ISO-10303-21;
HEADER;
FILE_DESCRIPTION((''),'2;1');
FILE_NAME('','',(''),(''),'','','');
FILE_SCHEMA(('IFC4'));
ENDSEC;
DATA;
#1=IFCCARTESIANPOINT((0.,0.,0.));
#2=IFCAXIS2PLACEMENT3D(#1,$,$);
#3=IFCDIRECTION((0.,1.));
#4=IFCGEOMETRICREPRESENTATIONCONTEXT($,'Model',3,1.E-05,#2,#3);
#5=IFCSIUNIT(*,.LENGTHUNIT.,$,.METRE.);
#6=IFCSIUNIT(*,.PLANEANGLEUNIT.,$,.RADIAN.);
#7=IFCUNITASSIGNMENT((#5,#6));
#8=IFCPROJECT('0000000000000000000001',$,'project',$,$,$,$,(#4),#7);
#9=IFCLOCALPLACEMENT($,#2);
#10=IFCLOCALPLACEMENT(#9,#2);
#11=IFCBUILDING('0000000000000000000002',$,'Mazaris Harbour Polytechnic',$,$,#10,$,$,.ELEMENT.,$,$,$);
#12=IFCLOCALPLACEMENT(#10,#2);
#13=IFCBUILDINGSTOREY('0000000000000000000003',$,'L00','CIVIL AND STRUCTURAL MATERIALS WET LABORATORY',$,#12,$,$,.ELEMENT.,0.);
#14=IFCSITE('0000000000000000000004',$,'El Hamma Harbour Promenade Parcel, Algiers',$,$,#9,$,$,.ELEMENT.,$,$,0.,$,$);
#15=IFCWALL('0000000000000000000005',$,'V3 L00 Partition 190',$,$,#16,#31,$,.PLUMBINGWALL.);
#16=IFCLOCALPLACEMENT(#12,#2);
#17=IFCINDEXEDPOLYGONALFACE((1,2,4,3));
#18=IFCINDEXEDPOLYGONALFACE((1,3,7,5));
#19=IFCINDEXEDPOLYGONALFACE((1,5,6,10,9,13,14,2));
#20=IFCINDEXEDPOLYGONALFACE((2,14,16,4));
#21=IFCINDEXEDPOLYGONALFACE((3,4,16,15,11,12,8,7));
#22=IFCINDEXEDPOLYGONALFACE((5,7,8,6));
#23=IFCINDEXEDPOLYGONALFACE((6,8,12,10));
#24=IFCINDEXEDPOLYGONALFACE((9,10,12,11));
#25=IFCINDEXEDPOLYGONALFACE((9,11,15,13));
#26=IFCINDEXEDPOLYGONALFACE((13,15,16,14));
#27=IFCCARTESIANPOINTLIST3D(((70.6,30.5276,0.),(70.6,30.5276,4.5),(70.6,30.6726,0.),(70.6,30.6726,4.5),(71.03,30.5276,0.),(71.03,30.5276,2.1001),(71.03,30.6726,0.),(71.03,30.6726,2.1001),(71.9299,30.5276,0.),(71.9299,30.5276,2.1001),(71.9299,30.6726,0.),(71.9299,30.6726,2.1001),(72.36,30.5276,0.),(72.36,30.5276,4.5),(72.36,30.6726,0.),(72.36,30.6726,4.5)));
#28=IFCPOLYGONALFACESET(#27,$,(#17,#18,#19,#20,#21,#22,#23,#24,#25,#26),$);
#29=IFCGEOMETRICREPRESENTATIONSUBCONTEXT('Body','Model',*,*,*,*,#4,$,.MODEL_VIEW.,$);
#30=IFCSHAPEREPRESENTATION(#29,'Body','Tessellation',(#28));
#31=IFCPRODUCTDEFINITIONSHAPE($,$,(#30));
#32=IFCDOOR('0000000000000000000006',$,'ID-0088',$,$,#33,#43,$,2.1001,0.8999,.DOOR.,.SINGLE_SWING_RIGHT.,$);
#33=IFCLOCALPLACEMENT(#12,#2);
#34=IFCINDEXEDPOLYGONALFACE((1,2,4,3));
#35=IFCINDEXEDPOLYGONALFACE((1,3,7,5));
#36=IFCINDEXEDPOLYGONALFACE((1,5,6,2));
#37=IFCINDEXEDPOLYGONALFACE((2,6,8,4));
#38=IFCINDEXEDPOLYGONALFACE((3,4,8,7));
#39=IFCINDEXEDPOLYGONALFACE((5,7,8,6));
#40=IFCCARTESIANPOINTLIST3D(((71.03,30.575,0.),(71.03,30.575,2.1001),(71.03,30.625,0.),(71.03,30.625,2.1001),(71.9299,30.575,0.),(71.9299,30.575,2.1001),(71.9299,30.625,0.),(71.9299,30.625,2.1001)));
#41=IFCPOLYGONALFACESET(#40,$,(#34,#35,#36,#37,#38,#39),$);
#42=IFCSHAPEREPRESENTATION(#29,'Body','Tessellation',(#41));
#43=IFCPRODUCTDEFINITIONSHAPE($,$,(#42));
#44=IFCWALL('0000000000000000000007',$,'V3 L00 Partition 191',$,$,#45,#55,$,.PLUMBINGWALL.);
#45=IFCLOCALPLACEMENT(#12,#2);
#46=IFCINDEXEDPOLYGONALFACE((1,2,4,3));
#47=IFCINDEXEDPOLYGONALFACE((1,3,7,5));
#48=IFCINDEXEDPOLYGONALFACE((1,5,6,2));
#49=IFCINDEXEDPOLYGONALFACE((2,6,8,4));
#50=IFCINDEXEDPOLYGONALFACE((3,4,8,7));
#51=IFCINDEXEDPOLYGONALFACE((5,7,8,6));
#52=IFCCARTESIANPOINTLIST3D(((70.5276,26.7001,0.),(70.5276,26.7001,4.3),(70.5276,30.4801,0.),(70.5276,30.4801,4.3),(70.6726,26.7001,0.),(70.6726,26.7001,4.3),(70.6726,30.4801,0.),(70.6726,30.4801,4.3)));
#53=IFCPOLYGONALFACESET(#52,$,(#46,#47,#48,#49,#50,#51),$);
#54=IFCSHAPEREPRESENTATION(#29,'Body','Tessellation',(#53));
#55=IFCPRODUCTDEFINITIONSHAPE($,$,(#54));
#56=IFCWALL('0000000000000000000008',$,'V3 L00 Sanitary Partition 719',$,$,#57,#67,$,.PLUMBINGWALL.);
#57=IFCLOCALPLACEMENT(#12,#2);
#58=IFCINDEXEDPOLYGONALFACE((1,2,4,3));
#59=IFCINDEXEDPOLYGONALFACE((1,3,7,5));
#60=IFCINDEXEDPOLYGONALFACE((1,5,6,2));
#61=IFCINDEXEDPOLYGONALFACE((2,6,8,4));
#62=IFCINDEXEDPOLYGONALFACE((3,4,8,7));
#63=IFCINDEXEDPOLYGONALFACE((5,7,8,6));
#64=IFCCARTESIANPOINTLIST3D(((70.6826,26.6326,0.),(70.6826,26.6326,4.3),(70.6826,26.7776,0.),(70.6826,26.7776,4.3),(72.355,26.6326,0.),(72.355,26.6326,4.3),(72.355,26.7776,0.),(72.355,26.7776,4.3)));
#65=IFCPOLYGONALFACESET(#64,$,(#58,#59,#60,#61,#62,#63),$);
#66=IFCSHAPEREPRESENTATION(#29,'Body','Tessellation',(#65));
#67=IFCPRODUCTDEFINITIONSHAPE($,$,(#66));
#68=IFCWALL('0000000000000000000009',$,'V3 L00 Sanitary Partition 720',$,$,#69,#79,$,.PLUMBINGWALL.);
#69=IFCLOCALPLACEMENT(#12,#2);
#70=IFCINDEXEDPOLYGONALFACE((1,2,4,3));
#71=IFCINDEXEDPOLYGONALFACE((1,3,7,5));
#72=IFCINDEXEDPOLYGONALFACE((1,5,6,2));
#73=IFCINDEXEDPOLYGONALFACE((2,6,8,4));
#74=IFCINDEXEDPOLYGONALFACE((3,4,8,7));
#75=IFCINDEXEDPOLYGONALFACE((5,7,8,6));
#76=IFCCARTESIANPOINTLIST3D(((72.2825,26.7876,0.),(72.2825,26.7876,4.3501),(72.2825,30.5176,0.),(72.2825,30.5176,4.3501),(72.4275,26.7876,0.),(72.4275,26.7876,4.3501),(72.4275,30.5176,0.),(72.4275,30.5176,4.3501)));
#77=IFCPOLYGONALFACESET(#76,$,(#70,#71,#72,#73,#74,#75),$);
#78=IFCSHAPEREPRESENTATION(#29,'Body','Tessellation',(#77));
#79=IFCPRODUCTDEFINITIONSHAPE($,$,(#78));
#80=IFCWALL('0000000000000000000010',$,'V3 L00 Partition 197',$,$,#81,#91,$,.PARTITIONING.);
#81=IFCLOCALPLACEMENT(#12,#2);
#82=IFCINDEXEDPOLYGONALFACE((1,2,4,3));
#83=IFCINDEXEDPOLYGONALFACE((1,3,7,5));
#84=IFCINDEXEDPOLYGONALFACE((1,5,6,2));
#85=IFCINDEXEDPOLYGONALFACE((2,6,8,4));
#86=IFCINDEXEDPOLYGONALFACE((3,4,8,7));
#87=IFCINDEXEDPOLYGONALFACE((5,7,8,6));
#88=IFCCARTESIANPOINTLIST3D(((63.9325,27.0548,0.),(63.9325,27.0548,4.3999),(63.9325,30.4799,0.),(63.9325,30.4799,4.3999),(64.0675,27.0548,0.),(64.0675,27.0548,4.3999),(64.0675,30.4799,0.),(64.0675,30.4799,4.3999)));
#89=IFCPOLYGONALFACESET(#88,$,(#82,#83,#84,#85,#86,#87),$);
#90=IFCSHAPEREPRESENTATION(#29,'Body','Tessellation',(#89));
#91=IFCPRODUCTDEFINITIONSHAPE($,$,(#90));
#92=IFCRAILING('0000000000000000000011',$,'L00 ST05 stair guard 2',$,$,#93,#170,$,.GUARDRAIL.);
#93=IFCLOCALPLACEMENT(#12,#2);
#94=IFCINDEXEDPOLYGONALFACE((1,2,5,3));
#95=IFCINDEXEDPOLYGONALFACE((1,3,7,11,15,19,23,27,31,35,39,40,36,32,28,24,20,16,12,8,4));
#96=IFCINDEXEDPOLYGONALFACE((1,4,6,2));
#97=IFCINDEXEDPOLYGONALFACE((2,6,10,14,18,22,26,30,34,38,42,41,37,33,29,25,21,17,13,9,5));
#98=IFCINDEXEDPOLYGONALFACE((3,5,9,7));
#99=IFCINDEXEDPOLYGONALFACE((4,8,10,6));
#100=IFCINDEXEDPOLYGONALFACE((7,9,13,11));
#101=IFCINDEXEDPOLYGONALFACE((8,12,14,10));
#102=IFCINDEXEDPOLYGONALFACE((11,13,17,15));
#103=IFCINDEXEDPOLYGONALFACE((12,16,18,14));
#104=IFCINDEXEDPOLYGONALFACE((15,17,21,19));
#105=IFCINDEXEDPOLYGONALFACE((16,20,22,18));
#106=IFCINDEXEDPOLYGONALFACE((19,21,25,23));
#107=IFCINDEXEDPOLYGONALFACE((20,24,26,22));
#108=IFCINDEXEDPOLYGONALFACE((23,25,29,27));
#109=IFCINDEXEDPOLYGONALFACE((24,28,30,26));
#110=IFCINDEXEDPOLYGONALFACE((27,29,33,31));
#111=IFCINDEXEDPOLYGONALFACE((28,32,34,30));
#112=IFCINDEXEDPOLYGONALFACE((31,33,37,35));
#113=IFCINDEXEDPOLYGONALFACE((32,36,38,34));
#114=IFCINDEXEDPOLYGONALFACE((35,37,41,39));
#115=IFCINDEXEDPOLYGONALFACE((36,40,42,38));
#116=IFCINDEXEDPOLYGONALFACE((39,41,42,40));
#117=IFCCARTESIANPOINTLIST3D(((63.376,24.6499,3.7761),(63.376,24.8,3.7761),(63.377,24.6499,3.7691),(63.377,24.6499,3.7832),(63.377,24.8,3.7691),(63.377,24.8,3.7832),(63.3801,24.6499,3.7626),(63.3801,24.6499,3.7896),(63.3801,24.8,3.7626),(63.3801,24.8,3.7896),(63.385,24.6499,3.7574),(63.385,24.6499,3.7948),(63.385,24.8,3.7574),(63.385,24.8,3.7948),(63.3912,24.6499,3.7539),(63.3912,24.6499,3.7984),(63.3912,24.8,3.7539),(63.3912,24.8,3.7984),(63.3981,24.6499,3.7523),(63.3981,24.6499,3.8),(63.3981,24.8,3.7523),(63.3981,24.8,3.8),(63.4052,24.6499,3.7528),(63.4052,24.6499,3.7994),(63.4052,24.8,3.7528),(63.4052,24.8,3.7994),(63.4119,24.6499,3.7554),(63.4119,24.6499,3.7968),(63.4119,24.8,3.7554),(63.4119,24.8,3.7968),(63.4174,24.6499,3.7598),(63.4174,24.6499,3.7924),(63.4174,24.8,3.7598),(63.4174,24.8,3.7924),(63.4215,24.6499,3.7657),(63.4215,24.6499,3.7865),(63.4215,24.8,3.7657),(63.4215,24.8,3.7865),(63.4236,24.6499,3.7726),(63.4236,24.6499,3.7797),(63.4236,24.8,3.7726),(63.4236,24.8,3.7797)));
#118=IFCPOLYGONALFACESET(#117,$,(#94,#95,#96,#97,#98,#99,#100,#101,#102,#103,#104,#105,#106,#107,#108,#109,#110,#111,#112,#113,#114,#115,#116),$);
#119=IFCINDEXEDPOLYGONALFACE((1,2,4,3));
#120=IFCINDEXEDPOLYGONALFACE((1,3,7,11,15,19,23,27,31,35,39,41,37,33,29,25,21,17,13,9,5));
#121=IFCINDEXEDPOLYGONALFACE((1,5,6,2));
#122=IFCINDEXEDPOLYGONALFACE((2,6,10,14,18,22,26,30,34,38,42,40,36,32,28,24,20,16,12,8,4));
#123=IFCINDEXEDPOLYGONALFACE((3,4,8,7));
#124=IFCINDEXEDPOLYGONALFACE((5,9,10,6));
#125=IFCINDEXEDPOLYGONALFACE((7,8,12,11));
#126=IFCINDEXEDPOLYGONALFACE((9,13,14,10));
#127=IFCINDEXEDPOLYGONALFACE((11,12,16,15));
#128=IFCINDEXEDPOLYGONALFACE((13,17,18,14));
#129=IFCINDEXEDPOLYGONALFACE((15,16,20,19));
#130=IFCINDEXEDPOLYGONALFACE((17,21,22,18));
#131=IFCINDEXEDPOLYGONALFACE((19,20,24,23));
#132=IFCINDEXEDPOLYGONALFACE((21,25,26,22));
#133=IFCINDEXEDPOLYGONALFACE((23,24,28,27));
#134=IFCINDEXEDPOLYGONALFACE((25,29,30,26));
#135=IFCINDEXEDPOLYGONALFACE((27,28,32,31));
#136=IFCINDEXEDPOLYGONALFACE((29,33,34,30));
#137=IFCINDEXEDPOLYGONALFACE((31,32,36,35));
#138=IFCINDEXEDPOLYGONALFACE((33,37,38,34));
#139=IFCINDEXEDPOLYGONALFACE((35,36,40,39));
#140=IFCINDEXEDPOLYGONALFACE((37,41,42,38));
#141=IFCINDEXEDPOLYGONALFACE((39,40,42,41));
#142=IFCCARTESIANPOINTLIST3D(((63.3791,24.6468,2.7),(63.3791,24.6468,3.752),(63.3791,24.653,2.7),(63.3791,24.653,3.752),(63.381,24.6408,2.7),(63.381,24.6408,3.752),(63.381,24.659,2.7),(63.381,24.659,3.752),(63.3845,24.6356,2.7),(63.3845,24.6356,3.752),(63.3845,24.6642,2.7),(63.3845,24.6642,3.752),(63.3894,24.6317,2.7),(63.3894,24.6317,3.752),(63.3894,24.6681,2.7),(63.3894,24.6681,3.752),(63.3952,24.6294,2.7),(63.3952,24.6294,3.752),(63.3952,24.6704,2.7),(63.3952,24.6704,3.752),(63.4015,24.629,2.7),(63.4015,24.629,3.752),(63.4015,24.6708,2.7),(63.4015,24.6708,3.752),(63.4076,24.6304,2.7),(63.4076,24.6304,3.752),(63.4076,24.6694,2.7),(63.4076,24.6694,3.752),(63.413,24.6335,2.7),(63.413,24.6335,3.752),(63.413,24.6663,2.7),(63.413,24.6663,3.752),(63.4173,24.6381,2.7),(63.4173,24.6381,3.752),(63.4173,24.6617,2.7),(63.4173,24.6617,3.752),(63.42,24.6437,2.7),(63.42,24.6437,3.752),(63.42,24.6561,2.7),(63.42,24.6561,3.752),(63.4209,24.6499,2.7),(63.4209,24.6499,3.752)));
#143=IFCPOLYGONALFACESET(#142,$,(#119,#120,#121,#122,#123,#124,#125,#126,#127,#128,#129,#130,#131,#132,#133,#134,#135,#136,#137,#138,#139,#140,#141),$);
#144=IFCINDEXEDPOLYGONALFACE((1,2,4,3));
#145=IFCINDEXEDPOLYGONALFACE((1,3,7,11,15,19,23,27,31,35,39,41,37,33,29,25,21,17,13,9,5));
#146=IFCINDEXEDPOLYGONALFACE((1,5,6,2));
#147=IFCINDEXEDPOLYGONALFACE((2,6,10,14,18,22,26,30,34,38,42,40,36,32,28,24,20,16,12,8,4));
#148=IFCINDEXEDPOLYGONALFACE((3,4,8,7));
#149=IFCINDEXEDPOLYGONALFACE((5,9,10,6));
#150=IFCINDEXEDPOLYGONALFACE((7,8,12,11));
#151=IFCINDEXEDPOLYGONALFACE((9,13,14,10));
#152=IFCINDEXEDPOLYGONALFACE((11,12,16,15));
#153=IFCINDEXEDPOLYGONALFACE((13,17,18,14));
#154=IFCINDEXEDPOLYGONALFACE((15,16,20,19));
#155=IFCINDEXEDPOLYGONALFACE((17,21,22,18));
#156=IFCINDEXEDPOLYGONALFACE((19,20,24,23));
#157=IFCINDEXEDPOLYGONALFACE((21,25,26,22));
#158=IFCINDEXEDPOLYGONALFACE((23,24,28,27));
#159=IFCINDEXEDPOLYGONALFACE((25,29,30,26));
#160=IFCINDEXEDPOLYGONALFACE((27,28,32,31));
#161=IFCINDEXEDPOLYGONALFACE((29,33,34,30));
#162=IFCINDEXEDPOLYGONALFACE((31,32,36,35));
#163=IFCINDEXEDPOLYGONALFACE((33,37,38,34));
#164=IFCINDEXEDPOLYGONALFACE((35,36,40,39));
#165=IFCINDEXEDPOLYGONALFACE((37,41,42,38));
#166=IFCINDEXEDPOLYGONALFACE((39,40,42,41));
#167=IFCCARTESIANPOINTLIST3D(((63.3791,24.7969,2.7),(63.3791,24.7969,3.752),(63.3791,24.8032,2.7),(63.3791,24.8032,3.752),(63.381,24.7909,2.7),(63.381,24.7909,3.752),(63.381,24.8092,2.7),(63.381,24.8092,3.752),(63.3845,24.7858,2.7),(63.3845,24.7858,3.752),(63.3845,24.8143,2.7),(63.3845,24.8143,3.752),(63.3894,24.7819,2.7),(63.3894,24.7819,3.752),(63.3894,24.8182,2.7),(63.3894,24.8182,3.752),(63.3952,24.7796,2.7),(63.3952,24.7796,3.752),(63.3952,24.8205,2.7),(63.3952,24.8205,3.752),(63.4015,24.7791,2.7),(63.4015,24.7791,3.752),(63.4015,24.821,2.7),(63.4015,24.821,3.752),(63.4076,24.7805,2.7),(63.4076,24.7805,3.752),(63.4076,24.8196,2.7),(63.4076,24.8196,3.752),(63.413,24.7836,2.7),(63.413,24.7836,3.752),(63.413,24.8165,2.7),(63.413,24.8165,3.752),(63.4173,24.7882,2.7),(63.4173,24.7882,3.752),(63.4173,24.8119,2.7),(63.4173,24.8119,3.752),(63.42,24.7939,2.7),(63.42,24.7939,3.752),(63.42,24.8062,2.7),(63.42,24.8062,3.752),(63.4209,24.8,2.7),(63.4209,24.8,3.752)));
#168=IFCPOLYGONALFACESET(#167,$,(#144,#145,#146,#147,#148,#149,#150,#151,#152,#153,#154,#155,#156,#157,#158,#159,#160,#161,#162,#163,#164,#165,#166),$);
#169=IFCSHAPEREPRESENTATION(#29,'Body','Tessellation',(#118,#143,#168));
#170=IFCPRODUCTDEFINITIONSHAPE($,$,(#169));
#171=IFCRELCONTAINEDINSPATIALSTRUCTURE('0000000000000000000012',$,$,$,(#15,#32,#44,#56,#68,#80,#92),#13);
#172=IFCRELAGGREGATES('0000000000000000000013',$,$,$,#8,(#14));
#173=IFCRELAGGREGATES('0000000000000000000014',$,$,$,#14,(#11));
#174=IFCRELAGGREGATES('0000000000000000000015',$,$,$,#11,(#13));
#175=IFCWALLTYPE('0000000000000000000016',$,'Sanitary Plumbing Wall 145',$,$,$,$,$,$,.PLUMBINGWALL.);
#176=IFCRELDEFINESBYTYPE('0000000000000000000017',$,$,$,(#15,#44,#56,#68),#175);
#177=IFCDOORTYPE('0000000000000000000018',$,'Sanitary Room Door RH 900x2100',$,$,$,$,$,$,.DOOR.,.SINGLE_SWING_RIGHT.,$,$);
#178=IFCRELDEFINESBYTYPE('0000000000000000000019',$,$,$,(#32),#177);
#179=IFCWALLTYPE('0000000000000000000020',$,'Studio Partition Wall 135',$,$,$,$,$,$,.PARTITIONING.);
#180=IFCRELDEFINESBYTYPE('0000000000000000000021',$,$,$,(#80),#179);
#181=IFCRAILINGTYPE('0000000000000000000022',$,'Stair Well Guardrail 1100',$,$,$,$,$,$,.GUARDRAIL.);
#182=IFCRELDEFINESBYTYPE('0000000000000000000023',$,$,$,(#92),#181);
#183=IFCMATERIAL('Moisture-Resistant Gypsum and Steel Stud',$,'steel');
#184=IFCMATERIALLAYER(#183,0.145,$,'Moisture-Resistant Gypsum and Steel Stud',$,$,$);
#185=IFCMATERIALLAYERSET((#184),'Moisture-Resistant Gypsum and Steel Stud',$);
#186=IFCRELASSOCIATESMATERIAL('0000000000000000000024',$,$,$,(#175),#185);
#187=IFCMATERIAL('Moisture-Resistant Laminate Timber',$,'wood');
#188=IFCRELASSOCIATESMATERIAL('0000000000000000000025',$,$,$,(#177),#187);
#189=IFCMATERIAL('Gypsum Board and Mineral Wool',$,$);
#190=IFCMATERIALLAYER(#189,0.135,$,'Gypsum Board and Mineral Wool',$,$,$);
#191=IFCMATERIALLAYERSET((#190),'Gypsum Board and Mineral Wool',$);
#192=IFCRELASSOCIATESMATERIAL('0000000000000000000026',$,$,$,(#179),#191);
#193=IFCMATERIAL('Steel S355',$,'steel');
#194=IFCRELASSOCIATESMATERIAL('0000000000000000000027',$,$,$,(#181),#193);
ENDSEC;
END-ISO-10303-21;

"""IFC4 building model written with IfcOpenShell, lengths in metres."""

from ifc_helpers import new_model, si_unit, direction, frame, frame_2d, origin, origin_2d, place, context, subcontext, project, spatial, rectangle, circle, extrude, material, layer, layer_set, type_object, element, fill, save


model = new_model("IFC4")

# Units and contexts
model_context = context("Model", 3, precision=1e-05, world=origin(), true_north=direction((0.0, 1.0)))
body_context = subcontext(model_context, "Body", "Model", "MODEL_VIEW")
ifc_project = project(units=[si_unit("LENGTHUNIT", "METRE"), si_unit("PLANEANGLEUNIT", "RADIAN")], contexts=[model_context])

# Site, building, storey
site_placement = place(None, origin())
site = spatial("IfcSite", under=ifc_project, at=site_placement, Name="El Hamma Harbour Promenade Parcel, Algiers", CompositionType="ELEMENT", RefElevation=0.0)
building_placement = place(site_placement, origin())
building = spatial("IfcBuilding", under=site, at=building_placement, Name="Mazaris Harbour Polytechnic", CompositionType="ELEMENT")
storey_placement = place(building_placement, origin())
storey = spatial("IfcBuildingStorey", under=building, at=storey_placement, Name="L00", Description="CIVIL AND STRUCTURAL MATERIALS WET LABORATORY", CompositionType="ELEMENT", Elevation=0.0)

# Wall, opening, door
ifc_material_1 = material(Name="Moisture-Resistant Gypsum and Steel Stud", Category="steel")
ifc_layer_1 = layer(ifc_material_1, 0.145, Name="Moisture-Resistant Gypsum and Steel Stud")
ifc_layer_set_1 = layer_set([ifc_layer_1], Name="Moisture-Resistant Gypsum and Steel Stud")
wall_type_1 = type_object("IfcWallType", Name="Sanitary Plumbing Wall 145", PredefinedType="PLUMBINGWALL", material=ifc_layer_set_1)
wall_1_placement = place(storey_placement, frame((70.6001, 30.6001, 0.0), z_axis=(0.0, 0.0, 1.0), x_axis=(1.0, 0.0, 0.0)))
wall_1 = element("IfcWall", 1, at=wall_1_placement, inside=storey, type_object=wall_type_1, Name="V3 L00 Partition 190", PredefinedType="PLUMBINGWALL", context=body_context, shape_type="SweptSolid", body=[
    extrude(rectangle(XDim=1.76, YDim=0.145, at=frame_2d((0.8799, 0.0))), origin(), (0.0, 0.0, 1.0), 4.5),
])
opening_1_placement = place(wall_1_placement, frame((0.4299, 0.0, 0.0)))
opening_1 = element("IfcOpeningElement", 2, at=opening_1_placement, cuts=wall_1, PredefinedType="OPENING", context=body_context, shape_type="SweptSolid", body=[
    extrude(rectangle(XDim=0.8999, YDim=2.1001, at=frame_2d((0.45, 1.05))), frame((0.0, 0.0825, 0.0), z_axis=(0.0, -1.0, 0.0), x_axis=(1.0, 0.0, 0.0)), (0.0, 0.0, 1.0), 0.165),
])
ifc_material_2 = material(Name="Moisture-Resistant Laminate Timber", Category="wood")
door_type_1 = type_object("IfcDoorType", Name="Sanitary Room Door RH 900x2100", OperationType="SINGLE_SWING_RIGHT", PredefinedType="DOOR", material=ifc_material_2)
door_1_placement = place(opening_1_placement, origin())
door_1 = element("IfcDoor", 3, at=door_1_placement, inside=storey, type_object=door_type_1, Name="ID-0088", OperationType="SINGLE_SWING_RIGHT", OverallHeight=2.1001, OverallWidth=0.8999, PredefinedType="DOOR", context=body_context, shape_type="SweptSolid", body=[
    extrude(rectangle(XDim=0.8999, YDim=2.1001, at=frame_2d((0.45, 1.05))), frame((0.0, 0.0249, 0.0), z_axis=(0.0, -1.0, 0.0), x_axis=(1.0, 0.0, 0.0)), (0.0, 0.0, 1.0), 0.05),
])
fill(opening_1, door_1)

# Walls
wall_2_placement = place(storey_placement, frame((70.6001, 26.7, 0.0), z_axis=(0.0, 0.0, 1.0), x_axis=(0.0, 1.0, 0.0)))
element("IfcWall", 4, at=wall_2_placement, inside=storey, type_object=wall_type_1, Name="V3 L00 Partition 191", PredefinedType="PLUMBINGWALL", context=body_context, shape_type="SweptSolid", body=[
    extrude(rectangle(XDim=3.78, YDim=0.145, at=frame_2d((1.8901, 0.0))), origin(), (0.0, 0.0, 1.0), 4.3),
])
wall_3_placement = place(storey_placement, frame((70.6826, 26.7051, 0.0), z_axis=(0.0, 0.0, 1.0), x_axis=(1.0, 0.0, 0.0)))
element("IfcWall", 5, at=wall_3_placement, inside=storey, type_object=wall_type_1, Name="V3 L00 Sanitary Partition 719", PredefinedType="PLUMBINGWALL", context=body_context, shape_type="SweptSolid", body=[
    extrude(rectangle(XDim=1.6724, YDim=0.145, at=frame_2d((0.8362, 0.0))), origin(), (0.0, 0.0, 1.0), 4.3),
])
wall_4_placement = place(storey_placement, frame((72.355, 26.7876, 0.0), z_axis=(0.0, 0.0, 1.0), x_axis=(0.0, 1.0, 0.0)))
element("IfcWall", 6, at=wall_4_placement, inside=storey, type_object=wall_type_1, Name="V3 L00 Sanitary Partition 720", PredefinedType="PLUMBINGWALL", context=body_context, shape_type="SweptSolid", body=[
    extrude(rectangle(XDim=3.73, YDim=0.145, at=frame_2d((1.865, 0.0))), origin(), (0.0, 0.0, 1.0), 4.3501),
])
ifc_material_3 = material(Name="Gypsum Board and Mineral Wool")
ifc_layer_2 = layer(ifc_material_3, 0.135, Name="Gypsum Board and Mineral Wool")
ifc_layer_set_2 = layer_set([ifc_layer_2], Name="Gypsum Board and Mineral Wool")
wall_type_2 = type_object("IfcWallType", Name="Studio Partition Wall 135", PredefinedType="PARTITIONING", material=ifc_layer_set_2)
wall_5_placement = place(storey_placement, frame((64.0, 27.0549, 0.0), z_axis=(0.0, 0.0, 1.0), x_axis=(0.0, 1.0, 0.0)))
element("IfcWall", 7, at=wall_5_placement, inside=storey, type_object=wall_type_2, Name="V3 L00 Partition 197", PredefinedType="PARTITIONING", context=body_context, shape_type="SweptSolid", body=[
    extrude(rectangle(XDim=3.425, YDim=0.135, at=frame_2d((1.7124, 0.0))), origin(), (0.0, 0.0, 1.0), 4.3999),
])

# Railing
ifc_material_4 = material(Name="Steel S355", Category="steel")
railing_type = type_object("IfcRailingType", Name="Stair Well Guardrail 1100", PredefinedType="GUARDRAIL", material=ifc_material_4)
railing_placement = place(storey_placement, frame((63.3999, 24.6499, 2.7)))
element("IfcRailing", 8, at=railing_placement, inside=storey, type_object=railing_type, Name="L00 ST05 stair guard 2", PredefinedType="GUARDRAIL", context=body_context, shape_type="SweptSolid", body=[
    extrude(circle(Radius=0.0239, at=origin_2d()), frame((0.0, 0.0, 1.0762), z_axis=(0.0, 1.0, 0.0), x_axis=(-1.0, 0.0, 0.0)), (0.0, 0.0, 1.0), 0.1501),
    extrude(circle(Radius=0.021, at=origin_2d()), origin(), (0.0, 0.0, 1.0), 1.052),
    extrude(circle(Radius=0.021, at=origin_2d()), frame((0.0, 0.1501, 0.0)), (0.0, 0.0, 1.0), 1.052),
])

save(model, "model.ifc")
